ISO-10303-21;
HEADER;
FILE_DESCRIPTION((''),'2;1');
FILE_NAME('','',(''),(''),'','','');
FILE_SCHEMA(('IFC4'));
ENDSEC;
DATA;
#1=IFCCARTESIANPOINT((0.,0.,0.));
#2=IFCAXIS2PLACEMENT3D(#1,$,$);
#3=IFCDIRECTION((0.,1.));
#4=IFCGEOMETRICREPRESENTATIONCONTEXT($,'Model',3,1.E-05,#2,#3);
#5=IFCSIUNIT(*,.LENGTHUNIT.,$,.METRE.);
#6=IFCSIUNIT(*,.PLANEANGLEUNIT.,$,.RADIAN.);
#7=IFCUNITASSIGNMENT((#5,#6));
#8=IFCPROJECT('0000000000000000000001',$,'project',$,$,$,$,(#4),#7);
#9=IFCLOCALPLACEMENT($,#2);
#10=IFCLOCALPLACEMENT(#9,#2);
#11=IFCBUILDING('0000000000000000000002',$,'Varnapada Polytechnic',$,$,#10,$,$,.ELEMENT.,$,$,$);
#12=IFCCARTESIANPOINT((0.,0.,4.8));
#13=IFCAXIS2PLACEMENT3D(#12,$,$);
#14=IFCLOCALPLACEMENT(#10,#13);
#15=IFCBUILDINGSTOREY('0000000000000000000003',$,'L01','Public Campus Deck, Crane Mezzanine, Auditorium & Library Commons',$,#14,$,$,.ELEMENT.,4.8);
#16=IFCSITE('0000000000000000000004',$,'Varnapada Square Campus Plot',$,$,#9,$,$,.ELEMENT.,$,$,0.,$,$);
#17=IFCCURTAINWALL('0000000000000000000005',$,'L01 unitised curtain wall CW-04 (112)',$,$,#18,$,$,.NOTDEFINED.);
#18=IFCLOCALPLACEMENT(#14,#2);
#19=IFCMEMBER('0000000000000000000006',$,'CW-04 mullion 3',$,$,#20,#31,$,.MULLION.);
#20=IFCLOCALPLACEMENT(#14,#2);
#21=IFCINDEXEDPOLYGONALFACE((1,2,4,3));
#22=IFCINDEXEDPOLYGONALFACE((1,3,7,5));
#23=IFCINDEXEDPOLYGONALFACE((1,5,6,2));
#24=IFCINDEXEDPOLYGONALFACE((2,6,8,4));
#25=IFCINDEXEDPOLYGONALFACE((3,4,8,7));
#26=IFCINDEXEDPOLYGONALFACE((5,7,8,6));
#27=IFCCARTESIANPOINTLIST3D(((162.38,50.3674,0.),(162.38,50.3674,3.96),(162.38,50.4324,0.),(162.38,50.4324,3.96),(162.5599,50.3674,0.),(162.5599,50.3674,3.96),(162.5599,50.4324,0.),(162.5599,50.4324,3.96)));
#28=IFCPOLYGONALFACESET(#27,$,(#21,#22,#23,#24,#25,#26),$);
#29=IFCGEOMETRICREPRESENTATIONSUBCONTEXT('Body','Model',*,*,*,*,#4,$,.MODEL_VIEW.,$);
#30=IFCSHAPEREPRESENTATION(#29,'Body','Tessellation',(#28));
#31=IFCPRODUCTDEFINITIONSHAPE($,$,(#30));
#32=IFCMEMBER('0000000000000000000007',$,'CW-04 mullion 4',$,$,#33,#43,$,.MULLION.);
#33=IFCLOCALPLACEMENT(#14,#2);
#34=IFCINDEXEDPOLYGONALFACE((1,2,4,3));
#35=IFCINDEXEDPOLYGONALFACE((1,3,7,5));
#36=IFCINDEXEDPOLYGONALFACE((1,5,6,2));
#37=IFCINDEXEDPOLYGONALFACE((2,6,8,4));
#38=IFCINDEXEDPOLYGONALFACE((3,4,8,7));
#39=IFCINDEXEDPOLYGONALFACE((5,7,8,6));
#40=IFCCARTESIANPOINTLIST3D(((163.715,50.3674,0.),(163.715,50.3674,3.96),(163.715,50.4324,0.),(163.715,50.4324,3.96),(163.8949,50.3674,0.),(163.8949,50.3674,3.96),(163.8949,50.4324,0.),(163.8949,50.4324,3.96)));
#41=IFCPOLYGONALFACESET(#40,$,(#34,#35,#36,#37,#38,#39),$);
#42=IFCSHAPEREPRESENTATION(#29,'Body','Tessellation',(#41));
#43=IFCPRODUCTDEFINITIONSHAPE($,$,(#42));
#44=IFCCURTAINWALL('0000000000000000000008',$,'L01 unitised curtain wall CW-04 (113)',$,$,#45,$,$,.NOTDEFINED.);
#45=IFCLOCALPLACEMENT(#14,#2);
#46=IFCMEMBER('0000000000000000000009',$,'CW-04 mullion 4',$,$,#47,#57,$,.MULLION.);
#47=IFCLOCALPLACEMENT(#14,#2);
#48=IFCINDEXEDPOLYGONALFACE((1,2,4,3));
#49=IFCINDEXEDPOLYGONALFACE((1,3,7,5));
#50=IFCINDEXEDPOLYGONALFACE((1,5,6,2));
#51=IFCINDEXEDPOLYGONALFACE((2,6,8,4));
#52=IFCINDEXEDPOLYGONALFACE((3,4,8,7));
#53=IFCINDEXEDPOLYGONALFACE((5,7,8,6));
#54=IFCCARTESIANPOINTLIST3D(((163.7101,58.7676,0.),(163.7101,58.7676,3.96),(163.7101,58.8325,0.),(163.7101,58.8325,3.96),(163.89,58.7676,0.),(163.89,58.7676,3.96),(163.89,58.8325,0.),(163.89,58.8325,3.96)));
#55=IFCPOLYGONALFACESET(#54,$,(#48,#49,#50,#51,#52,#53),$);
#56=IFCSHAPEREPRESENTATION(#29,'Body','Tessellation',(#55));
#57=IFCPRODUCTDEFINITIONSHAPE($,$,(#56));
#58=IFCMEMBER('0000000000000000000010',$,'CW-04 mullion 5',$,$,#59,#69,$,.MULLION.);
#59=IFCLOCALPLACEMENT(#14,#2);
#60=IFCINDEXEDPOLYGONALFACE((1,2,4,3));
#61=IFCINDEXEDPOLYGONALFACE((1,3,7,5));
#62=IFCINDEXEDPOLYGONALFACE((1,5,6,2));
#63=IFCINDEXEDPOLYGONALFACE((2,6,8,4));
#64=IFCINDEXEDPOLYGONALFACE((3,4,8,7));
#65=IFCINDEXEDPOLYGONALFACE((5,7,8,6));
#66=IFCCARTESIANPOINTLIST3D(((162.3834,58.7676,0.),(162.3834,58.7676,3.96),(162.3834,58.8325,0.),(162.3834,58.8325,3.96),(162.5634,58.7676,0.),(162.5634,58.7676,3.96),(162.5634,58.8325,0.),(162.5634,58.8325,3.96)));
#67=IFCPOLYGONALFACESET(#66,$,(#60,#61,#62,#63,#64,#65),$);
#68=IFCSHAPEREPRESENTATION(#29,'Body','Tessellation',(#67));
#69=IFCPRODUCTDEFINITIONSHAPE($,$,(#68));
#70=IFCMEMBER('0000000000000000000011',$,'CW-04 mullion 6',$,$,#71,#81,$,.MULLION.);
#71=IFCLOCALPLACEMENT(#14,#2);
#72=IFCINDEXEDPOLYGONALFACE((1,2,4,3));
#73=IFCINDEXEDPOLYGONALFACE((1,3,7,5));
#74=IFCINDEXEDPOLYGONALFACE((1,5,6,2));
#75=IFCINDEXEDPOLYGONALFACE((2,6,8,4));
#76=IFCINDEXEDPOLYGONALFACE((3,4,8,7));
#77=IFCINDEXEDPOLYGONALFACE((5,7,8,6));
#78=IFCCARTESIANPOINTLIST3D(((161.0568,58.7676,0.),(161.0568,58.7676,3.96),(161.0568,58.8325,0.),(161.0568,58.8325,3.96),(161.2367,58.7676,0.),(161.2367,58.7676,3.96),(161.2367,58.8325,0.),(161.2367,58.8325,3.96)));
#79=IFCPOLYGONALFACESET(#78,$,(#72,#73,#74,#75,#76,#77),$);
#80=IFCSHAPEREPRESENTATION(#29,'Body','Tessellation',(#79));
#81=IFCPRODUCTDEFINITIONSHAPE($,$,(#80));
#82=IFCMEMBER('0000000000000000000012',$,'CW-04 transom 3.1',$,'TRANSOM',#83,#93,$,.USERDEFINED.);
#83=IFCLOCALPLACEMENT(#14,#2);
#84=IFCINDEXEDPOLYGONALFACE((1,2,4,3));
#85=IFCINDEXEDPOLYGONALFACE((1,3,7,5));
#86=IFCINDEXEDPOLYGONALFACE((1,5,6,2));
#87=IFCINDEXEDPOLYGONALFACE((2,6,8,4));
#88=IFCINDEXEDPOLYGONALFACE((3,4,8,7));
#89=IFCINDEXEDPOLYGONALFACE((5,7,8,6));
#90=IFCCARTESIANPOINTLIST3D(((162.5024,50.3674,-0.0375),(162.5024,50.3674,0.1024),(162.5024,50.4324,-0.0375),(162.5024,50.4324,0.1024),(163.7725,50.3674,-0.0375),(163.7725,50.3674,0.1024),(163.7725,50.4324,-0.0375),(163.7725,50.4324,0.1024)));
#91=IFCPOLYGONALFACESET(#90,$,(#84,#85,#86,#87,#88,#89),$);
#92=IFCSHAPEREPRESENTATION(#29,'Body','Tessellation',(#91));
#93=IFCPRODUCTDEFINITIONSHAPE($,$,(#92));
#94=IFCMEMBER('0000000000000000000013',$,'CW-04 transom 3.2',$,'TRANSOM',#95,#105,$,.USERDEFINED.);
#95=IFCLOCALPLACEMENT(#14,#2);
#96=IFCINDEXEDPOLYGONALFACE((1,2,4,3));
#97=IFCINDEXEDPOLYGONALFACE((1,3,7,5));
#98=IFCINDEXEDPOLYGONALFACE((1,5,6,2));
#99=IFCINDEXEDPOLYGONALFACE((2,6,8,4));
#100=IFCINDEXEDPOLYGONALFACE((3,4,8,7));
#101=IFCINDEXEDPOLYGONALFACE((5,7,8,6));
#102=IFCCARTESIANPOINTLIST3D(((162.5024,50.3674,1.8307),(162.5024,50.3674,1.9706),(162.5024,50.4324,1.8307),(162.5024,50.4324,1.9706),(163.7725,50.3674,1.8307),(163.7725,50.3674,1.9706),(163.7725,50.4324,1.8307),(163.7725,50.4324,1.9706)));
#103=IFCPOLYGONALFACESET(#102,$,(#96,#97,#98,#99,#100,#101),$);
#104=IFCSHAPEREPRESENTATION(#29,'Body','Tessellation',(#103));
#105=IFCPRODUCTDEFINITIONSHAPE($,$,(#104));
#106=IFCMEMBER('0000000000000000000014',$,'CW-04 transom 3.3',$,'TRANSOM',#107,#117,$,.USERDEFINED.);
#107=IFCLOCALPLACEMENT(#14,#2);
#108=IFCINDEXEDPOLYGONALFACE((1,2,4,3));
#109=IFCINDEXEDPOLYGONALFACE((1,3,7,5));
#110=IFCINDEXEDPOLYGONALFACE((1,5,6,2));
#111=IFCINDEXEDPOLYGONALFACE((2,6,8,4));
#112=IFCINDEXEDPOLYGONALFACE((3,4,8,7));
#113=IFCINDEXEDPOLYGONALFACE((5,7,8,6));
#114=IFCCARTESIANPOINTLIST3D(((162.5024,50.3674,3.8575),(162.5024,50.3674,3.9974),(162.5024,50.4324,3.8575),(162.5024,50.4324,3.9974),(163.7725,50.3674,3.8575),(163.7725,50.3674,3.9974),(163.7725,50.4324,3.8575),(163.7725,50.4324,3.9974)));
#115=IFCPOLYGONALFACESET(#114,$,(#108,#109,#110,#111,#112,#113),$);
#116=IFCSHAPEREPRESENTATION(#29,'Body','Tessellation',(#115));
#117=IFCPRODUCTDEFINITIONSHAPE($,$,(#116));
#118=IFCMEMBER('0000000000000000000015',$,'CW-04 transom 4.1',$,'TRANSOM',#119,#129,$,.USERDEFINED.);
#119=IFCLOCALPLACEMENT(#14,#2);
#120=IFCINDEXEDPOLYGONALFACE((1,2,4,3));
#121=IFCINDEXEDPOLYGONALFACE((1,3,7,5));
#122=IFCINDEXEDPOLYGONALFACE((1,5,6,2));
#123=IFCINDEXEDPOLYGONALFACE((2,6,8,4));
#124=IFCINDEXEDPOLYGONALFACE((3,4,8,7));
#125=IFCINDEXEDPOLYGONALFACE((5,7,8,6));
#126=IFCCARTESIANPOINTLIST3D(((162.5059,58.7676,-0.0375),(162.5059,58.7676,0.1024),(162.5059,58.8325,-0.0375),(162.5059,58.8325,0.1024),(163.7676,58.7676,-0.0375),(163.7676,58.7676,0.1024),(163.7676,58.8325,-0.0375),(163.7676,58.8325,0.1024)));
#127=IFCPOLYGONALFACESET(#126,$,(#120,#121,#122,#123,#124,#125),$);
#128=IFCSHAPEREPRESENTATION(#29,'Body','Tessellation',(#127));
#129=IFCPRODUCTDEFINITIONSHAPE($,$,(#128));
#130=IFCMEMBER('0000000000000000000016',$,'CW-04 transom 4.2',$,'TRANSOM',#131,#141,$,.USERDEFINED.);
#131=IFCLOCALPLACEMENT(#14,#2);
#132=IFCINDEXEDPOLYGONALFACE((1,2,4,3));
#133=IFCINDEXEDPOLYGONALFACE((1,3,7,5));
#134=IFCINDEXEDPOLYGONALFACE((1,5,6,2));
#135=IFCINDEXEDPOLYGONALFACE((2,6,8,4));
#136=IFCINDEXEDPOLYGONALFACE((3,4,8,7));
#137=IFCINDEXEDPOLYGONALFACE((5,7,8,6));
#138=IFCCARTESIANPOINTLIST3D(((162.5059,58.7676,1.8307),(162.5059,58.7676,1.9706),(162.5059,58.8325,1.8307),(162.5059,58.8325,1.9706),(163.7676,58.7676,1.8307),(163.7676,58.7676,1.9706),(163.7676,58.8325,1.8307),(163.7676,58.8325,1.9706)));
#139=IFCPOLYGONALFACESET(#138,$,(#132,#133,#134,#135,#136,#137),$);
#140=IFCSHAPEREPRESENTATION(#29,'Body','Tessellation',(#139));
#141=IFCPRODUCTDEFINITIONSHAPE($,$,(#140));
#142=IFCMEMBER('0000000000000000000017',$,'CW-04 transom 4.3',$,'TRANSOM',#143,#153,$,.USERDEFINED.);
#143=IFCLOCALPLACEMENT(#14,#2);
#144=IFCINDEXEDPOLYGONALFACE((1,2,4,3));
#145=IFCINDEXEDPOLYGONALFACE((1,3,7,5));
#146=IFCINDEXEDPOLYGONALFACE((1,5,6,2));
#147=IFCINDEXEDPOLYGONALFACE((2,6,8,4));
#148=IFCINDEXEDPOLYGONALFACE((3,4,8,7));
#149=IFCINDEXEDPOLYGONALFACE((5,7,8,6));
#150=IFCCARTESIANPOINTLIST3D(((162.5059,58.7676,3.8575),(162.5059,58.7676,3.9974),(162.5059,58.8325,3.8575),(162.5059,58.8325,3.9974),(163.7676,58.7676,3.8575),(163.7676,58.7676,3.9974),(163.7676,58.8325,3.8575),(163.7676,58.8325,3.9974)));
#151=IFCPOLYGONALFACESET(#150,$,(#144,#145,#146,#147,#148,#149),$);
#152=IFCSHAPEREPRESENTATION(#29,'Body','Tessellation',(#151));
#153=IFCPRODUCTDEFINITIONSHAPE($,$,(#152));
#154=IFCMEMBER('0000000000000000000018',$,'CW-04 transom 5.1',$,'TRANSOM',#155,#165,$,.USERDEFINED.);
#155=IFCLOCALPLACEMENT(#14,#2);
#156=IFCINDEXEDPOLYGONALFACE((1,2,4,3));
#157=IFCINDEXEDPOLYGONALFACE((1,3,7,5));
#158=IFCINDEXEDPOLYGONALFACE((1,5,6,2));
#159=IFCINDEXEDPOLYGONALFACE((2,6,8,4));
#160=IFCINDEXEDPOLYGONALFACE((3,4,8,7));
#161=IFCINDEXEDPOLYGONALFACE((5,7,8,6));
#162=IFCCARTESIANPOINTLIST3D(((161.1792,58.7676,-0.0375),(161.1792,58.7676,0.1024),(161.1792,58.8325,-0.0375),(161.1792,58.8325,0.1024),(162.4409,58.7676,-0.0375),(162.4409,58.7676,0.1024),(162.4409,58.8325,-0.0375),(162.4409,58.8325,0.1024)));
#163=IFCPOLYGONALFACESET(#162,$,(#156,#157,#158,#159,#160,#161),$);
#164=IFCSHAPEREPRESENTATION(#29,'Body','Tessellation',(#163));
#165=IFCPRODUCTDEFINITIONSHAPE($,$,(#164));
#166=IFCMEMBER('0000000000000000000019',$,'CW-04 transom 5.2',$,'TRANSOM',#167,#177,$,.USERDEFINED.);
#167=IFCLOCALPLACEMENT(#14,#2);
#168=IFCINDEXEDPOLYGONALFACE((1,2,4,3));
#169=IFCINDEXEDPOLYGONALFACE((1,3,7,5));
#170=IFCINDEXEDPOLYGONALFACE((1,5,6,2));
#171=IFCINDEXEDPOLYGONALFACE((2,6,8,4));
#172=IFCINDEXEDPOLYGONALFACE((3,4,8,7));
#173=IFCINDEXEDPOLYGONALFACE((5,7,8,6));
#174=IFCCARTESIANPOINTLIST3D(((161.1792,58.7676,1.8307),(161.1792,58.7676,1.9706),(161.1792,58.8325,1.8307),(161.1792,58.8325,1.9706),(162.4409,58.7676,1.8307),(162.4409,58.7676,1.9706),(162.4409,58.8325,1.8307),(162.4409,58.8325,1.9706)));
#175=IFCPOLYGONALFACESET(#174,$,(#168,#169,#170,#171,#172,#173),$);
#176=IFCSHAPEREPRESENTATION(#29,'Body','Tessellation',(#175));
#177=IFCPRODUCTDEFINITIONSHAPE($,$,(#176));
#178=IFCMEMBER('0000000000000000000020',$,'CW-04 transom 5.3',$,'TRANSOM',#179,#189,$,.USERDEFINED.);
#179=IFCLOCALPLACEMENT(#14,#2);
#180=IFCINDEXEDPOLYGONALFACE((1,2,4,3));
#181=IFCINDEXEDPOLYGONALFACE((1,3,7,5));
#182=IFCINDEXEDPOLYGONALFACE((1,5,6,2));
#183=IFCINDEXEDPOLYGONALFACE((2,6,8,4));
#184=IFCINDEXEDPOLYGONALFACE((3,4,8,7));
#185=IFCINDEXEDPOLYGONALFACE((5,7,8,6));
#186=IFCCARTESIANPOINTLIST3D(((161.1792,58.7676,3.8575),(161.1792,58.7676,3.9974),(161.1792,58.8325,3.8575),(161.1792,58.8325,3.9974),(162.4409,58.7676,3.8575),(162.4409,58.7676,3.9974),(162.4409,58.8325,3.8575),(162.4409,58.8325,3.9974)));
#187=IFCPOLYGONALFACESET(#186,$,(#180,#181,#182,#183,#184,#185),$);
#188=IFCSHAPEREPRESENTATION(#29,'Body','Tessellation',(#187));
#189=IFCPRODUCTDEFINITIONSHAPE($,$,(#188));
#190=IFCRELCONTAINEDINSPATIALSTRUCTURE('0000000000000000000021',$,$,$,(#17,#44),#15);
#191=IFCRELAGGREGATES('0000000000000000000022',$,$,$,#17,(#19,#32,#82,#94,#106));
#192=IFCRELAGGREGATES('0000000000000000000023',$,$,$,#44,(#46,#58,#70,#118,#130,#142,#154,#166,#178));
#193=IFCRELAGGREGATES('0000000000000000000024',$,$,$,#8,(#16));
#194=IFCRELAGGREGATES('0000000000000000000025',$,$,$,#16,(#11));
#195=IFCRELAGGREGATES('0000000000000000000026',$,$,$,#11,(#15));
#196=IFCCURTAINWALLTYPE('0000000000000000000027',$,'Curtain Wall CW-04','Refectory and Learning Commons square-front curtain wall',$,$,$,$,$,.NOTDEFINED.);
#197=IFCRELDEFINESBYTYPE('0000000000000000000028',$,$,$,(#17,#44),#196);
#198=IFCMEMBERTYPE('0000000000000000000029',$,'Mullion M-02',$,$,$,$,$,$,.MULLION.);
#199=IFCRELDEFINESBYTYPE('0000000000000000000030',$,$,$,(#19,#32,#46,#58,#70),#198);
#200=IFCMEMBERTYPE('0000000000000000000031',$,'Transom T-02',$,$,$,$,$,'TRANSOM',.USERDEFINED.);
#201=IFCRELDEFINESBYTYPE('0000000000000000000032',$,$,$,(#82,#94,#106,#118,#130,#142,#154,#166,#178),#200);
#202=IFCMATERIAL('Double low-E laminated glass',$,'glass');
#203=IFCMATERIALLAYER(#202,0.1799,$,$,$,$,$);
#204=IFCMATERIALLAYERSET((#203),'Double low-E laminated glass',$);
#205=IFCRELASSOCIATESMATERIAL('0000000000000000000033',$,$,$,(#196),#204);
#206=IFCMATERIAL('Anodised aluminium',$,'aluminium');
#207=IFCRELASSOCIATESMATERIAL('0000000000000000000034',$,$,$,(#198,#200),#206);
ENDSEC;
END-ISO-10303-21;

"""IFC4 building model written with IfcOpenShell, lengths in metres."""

from ifc_helpers import new_model, si_unit, direction, frame, origin, origin_2d, place, context, subcontext, project, spatial, rectangle, extrude, material, layer, layer_set, material_profile, profile_set, type_object, element, aggregate, save


model = new_model("IFC4")

# Units and contexts
model_context = context("Model", 3, precision=1e-05, world=origin(), true_north=direction((0.0, 1.0)))
body_context = subcontext(model_context, "Body", "Model", "MODEL_VIEW")
ifc_project = project(units=[si_unit("LENGTHUNIT", "METRE"), si_unit("PLANEANGLEUNIT", "RADIAN")], contexts=[model_context])

# Site, building, storey
site_placement = place(None, origin())
site = spatial("IfcSite", under=ifc_project, at=site_placement, Name="Varnapada Square Campus Plot", CompositionType="ELEMENT", RefElevation=0.0)
building_placement = place(site_placement, origin())
building = spatial("IfcBuilding", under=site, at=building_placement, Name="Varnapada Polytechnic", CompositionType="ELEMENT")
storey_placement = place(building_placement, frame((0.0, 0.0, 4.8)))
storey = spatial("IfcBuildingStorey", under=building, at=storey_placement, Name="L01", Description="Public Campus Deck, Crane Mezzanine, Auditorium & Library Commons", CompositionType="ELEMENT", Elevation=4.8)

# Curtain walls, members
ifc_material_1 = material(Name="Double low-E laminated glass", Category="glass")
ifc_layer_1 = layer(ifc_material_1, 0.1799)
ifc_layer_set_1 = layer_set([ifc_layer_1], Name="Double low-E laminated glass")
curtain_wall_type = type_object("IfcCurtainWallType", Name="Curtain Wall CW-04", Description="Refectory and Learning Commons square-front curtain wall", PredefinedType="NOTDEFINED", material=ifc_layer_set_1)
curtain_wall_1_placement = place(storey_placement, origin())
curtain_wall_1 = element("IfcCurtainWall", 1, at=curtain_wall_1_placement, inside=storey, type_object=curtain_wall_type, Name="L01 unitised curtain wall CW-04 (112)", PredefinedType="NOTDEFINED")
ifc_material_2 = material(Name="Anodised aluminium", Category="aluminium")
ifc_material_profile_1 = material_profile(ifc_material_2, rectangle(XDim=0.0649, YDim=0.1799, at=origin_2d()), Name="ALU M65x180")
ifc_profile_set_1 = profile_set([ifc_material_profile_1], Name="Anodised aluminium")
member_type_1 = type_object("IfcMemberType", Name="Mullion M-02", PredefinedType="MULLION", material=ifc_profile_set_1)
member_1_placement = place(storey_placement, frame((162.47, 50.3999, 0.0), z_axis=(0.0, 0.0, 1.0), x_axis=(0.0, 1.0, 0.0)))
member_1 = element("IfcMember", 2, at=member_1_placement, type_object=member_type_1, Name="CW-04 mullion 3", PredefinedType="MULLION", context=body_context, shape_type="SweptSolid", body=[
    extrude(rectangle(XDim=0.0649, YDim=0.1799, at=origin_2d()), origin(), (0.0, 0.0, 1.0), 3.96),
])
member_2_placement = place(storey_placement, frame((163.8049, 50.3999, 0.0), z_axis=(0.0, 0.0, 1.0), x_axis=(0.0, 1.0, 0.0)))
member_2 = element("IfcMember", 3, at=member_2_placement, type_object=member_type_1, Name="CW-04 mullion 4", PredefinedType="MULLION", context=body_context, shape_type="SweptSolid", body=[
    extrude(rectangle(XDim=0.0649, YDim=0.1799, at=origin_2d()), origin(), (0.0, 0.0, 1.0), 3.96),
])
curtain_wall_2_placement = place(storey_placement, origin())
curtain_wall_2 = element("IfcCurtainWall", 4, at=curtain_wall_2_placement, inside=storey, type_object=curtain_wall_type, Name="L01 unitised curtain wall CW-04 (113)", PredefinedType="NOTDEFINED")
member_3_placement = place(storey_placement, frame((163.8, 58.8, 0.0), z_axis=(0.0, 0.0, 1.0), x_axis=(0.0, -1.0, 0.0)))
member_3 = element("IfcMember", 5, at=member_3_placement, type_object=member_type_1, Name="CW-04 mullion 4", PredefinedType="MULLION", context=body_context, shape_type="SweptSolid", body=[
    extrude(rectangle(XDim=0.0649, YDim=0.1799, at=origin_2d()), origin(), (0.0, 0.0, 1.0), 3.96),
])
member_4_placement = place(storey_placement, frame((162.4734, 58.8, 0.0), z_axis=(0.0, 0.0, 1.0), x_axis=(0.0, -1.0, 0.0)))
member_4 = element("IfcMember", 6, at=member_4_placement, type_object=member_type_1, Name="CW-04 mullion 5", PredefinedType="MULLION", context=body_context, shape_type="SweptSolid", body=[
    extrude(rectangle(XDim=0.0649, YDim=0.1799, at=origin_2d()), origin(), (0.0, 0.0, 1.0), 3.96),
])
member_5_placement = place(storey_placement, frame((161.1467, 58.8, 0.0), z_axis=(0.0, 0.0, 1.0), x_axis=(0.0, -1.0, 0.0)))
member_5 = element("IfcMember", 7, at=member_5_placement, type_object=member_type_1, Name="CW-04 mullion 6", PredefinedType="MULLION", context=body_context, shape_type="SweptSolid", body=[
    extrude(rectangle(XDim=0.0649, YDim=0.1799, at=origin_2d()), origin(), (0.0, 0.0, 1.0), 3.96),
])

# Members
ifc_material_profile_2 = material_profile(ifc_material_2, rectangle(XDim=0.0649, YDim=0.1399, at=origin_2d()), Name="ALU T65x140")
ifc_profile_set_2 = profile_set([ifc_material_profile_2], Name="Anodised aluminium")
member_type_2 = type_object("IfcMemberType", Name="Transom T-02", ElementType="TRANSOM", PredefinedType="USERDEFINED", material=ifc_profile_set_2)
member_6_placement = place(storey_placement, frame((162.5024, 50.3999, 0.0325), z_axis=(1.0, 0.0, 0.0), x_axis=(0.0, 1.0, 0.0)))
member_6 = element("IfcMember", 8, at=member_6_placement, type_object=member_type_2, Name="CW-04 transom 3.1", ObjectType="TRANSOM", PredefinedType="USERDEFINED", context=body_context, shape_type="SweptSolid", body=[
    extrude(rectangle(XDim=0.0649, YDim=0.1399, at=origin_2d()), origin(), (0.0, 0.0, 1.0), 1.27),
])
member_7_placement = place(storey_placement, frame((162.5024, 50.3999, 1.9006), z_axis=(1.0, 0.0, 0.0), x_axis=(0.0, 1.0, 0.0)))
member_7 = element("IfcMember", 9, at=member_7_placement, type_object=member_type_2, Name="CW-04 transom 3.2", ObjectType="TRANSOM", PredefinedType="USERDEFINED", context=body_context, shape_type="SweptSolid", body=[
    extrude(rectangle(XDim=0.0649, YDim=0.1399, at=origin_2d()), origin(), (0.0, 0.0, 1.0), 1.27),
])
member_8_placement = place(storey_placement, frame((162.5024, 50.3999, 3.9275), z_axis=(1.0, 0.0, 0.0), x_axis=(0.0, 1.0, 0.0)))
member_8 = element("IfcMember", 10, at=member_8_placement, type_object=member_type_2, Name="CW-04 transom 3.3", ObjectType="TRANSOM", PredefinedType="USERDEFINED", context=body_context, shape_type="SweptSolid", body=[
    extrude(rectangle(XDim=0.0649, YDim=0.1399, at=origin_2d()), origin(), (0.0, 0.0, 1.0), 1.27),
])
member_9_placement = place(storey_placement, frame((163.7676, 58.8, 0.0325), z_axis=(-1.0, 0.0, 0.0), x_axis=(0.0, -1.0, 0.0)))
member_9 = element("IfcMember", 11, at=member_9_placement, type_object=member_type_2, Name="CW-04 transom 4.1", ObjectType="TRANSOM", PredefinedType="USERDEFINED", context=body_context, shape_type="SweptSolid", body=[
    extrude(rectangle(XDim=0.0649, YDim=0.1399, at=origin_2d()), origin(), (0.0, 0.0, 1.0), 1.2617),
])
member_10_placement = place(storey_placement, frame((163.7676, 58.8, 1.9006), z_axis=(-1.0, 0.0, 0.0), x_axis=(0.0, -1.0, 0.0)))
member_10 = element("IfcMember", 12, at=member_10_placement, type_object=member_type_2, Name="CW-04 transom 4.2", ObjectType="TRANSOM", PredefinedType="USERDEFINED", context=body_context, shape_type="SweptSolid", body=[
    extrude(rectangle(XDim=0.0649, YDim=0.1399, at=origin_2d()), origin(), (0.0, 0.0, 1.0), 1.2617),
])
member_11_placement = place(storey_placement, frame((163.7676, 58.8, 3.9275), z_axis=(-1.0, 0.0, 0.0), x_axis=(0.0, -1.0, 0.0)))
member_11 = element("IfcMember", 13, at=member_11_placement, type_object=member_type_2, Name="CW-04 transom 4.3", ObjectType="TRANSOM", PredefinedType="USERDEFINED", context=body_context, shape_type="SweptSolid", body=[
    extrude(rectangle(XDim=0.0649, YDim=0.1399, at=origin_2d()), origin(), (0.0, 0.0, 1.0), 1.2617),
])
member_12_placement = place(storey_placement, frame((162.4409, 58.8, 0.0325), z_axis=(-1.0, 0.0, 0.0), x_axis=(0.0, -1.0, 0.0)))
member_12 = element("IfcMember", 14, at=member_12_placement, type_object=member_type_2, Name="CW-04 transom 5.1", ObjectType="TRANSOM", PredefinedType="USERDEFINED", context=body_context, shape_type="SweptSolid", body=[
    extrude(rectangle(XDim=0.0649, YDim=0.1399, at=origin_2d()), origin(), (0.0, 0.0, 1.0), 1.2617),
])
member_13_placement = place(storey_placement, frame((162.4409, 58.8, 1.9006), z_axis=(-1.0, 0.0, 0.0), x_axis=(0.0, -1.0, 0.0)))
member_13 = element("IfcMember", 15, at=member_13_placement, type_object=member_type_2, Name="CW-04 transom 5.2", ObjectType="TRANSOM", PredefinedType="USERDEFINED", context=body_context, shape_type="SweptSolid", body=[
    extrude(rectangle(XDim=0.0649, YDim=0.1399, at=origin_2d()), origin(), (0.0, 0.0, 1.0), 1.2617),
])
member_14_placement = place(storey_placement, frame((162.4409, 58.8, 3.9275), z_axis=(-1.0, 0.0, 0.0), x_axis=(0.0, -1.0, 0.0)))
member_14 = element("IfcMember", 16, at=member_14_placement, type_object=member_type_2, Name="CW-04 transom 5.3", ObjectType="TRANSOM", PredefinedType="USERDEFINED", context=body_context, shape_type="SweptSolid", body=[
    extrude(rectangle(XDim=0.0649, YDim=0.1399, at=origin_2d()), origin(), (0.0, 0.0, 1.0), 1.2617),
])

aggregate(curtain_wall_1, [member_1, member_2, member_6, member_7, member_8])
aggregate(curtain_wall_2, [member_3, member_4, member_5, member_9, member_10, member_11, member_12, member_13, member_14])

save(model, "model.ifc")
